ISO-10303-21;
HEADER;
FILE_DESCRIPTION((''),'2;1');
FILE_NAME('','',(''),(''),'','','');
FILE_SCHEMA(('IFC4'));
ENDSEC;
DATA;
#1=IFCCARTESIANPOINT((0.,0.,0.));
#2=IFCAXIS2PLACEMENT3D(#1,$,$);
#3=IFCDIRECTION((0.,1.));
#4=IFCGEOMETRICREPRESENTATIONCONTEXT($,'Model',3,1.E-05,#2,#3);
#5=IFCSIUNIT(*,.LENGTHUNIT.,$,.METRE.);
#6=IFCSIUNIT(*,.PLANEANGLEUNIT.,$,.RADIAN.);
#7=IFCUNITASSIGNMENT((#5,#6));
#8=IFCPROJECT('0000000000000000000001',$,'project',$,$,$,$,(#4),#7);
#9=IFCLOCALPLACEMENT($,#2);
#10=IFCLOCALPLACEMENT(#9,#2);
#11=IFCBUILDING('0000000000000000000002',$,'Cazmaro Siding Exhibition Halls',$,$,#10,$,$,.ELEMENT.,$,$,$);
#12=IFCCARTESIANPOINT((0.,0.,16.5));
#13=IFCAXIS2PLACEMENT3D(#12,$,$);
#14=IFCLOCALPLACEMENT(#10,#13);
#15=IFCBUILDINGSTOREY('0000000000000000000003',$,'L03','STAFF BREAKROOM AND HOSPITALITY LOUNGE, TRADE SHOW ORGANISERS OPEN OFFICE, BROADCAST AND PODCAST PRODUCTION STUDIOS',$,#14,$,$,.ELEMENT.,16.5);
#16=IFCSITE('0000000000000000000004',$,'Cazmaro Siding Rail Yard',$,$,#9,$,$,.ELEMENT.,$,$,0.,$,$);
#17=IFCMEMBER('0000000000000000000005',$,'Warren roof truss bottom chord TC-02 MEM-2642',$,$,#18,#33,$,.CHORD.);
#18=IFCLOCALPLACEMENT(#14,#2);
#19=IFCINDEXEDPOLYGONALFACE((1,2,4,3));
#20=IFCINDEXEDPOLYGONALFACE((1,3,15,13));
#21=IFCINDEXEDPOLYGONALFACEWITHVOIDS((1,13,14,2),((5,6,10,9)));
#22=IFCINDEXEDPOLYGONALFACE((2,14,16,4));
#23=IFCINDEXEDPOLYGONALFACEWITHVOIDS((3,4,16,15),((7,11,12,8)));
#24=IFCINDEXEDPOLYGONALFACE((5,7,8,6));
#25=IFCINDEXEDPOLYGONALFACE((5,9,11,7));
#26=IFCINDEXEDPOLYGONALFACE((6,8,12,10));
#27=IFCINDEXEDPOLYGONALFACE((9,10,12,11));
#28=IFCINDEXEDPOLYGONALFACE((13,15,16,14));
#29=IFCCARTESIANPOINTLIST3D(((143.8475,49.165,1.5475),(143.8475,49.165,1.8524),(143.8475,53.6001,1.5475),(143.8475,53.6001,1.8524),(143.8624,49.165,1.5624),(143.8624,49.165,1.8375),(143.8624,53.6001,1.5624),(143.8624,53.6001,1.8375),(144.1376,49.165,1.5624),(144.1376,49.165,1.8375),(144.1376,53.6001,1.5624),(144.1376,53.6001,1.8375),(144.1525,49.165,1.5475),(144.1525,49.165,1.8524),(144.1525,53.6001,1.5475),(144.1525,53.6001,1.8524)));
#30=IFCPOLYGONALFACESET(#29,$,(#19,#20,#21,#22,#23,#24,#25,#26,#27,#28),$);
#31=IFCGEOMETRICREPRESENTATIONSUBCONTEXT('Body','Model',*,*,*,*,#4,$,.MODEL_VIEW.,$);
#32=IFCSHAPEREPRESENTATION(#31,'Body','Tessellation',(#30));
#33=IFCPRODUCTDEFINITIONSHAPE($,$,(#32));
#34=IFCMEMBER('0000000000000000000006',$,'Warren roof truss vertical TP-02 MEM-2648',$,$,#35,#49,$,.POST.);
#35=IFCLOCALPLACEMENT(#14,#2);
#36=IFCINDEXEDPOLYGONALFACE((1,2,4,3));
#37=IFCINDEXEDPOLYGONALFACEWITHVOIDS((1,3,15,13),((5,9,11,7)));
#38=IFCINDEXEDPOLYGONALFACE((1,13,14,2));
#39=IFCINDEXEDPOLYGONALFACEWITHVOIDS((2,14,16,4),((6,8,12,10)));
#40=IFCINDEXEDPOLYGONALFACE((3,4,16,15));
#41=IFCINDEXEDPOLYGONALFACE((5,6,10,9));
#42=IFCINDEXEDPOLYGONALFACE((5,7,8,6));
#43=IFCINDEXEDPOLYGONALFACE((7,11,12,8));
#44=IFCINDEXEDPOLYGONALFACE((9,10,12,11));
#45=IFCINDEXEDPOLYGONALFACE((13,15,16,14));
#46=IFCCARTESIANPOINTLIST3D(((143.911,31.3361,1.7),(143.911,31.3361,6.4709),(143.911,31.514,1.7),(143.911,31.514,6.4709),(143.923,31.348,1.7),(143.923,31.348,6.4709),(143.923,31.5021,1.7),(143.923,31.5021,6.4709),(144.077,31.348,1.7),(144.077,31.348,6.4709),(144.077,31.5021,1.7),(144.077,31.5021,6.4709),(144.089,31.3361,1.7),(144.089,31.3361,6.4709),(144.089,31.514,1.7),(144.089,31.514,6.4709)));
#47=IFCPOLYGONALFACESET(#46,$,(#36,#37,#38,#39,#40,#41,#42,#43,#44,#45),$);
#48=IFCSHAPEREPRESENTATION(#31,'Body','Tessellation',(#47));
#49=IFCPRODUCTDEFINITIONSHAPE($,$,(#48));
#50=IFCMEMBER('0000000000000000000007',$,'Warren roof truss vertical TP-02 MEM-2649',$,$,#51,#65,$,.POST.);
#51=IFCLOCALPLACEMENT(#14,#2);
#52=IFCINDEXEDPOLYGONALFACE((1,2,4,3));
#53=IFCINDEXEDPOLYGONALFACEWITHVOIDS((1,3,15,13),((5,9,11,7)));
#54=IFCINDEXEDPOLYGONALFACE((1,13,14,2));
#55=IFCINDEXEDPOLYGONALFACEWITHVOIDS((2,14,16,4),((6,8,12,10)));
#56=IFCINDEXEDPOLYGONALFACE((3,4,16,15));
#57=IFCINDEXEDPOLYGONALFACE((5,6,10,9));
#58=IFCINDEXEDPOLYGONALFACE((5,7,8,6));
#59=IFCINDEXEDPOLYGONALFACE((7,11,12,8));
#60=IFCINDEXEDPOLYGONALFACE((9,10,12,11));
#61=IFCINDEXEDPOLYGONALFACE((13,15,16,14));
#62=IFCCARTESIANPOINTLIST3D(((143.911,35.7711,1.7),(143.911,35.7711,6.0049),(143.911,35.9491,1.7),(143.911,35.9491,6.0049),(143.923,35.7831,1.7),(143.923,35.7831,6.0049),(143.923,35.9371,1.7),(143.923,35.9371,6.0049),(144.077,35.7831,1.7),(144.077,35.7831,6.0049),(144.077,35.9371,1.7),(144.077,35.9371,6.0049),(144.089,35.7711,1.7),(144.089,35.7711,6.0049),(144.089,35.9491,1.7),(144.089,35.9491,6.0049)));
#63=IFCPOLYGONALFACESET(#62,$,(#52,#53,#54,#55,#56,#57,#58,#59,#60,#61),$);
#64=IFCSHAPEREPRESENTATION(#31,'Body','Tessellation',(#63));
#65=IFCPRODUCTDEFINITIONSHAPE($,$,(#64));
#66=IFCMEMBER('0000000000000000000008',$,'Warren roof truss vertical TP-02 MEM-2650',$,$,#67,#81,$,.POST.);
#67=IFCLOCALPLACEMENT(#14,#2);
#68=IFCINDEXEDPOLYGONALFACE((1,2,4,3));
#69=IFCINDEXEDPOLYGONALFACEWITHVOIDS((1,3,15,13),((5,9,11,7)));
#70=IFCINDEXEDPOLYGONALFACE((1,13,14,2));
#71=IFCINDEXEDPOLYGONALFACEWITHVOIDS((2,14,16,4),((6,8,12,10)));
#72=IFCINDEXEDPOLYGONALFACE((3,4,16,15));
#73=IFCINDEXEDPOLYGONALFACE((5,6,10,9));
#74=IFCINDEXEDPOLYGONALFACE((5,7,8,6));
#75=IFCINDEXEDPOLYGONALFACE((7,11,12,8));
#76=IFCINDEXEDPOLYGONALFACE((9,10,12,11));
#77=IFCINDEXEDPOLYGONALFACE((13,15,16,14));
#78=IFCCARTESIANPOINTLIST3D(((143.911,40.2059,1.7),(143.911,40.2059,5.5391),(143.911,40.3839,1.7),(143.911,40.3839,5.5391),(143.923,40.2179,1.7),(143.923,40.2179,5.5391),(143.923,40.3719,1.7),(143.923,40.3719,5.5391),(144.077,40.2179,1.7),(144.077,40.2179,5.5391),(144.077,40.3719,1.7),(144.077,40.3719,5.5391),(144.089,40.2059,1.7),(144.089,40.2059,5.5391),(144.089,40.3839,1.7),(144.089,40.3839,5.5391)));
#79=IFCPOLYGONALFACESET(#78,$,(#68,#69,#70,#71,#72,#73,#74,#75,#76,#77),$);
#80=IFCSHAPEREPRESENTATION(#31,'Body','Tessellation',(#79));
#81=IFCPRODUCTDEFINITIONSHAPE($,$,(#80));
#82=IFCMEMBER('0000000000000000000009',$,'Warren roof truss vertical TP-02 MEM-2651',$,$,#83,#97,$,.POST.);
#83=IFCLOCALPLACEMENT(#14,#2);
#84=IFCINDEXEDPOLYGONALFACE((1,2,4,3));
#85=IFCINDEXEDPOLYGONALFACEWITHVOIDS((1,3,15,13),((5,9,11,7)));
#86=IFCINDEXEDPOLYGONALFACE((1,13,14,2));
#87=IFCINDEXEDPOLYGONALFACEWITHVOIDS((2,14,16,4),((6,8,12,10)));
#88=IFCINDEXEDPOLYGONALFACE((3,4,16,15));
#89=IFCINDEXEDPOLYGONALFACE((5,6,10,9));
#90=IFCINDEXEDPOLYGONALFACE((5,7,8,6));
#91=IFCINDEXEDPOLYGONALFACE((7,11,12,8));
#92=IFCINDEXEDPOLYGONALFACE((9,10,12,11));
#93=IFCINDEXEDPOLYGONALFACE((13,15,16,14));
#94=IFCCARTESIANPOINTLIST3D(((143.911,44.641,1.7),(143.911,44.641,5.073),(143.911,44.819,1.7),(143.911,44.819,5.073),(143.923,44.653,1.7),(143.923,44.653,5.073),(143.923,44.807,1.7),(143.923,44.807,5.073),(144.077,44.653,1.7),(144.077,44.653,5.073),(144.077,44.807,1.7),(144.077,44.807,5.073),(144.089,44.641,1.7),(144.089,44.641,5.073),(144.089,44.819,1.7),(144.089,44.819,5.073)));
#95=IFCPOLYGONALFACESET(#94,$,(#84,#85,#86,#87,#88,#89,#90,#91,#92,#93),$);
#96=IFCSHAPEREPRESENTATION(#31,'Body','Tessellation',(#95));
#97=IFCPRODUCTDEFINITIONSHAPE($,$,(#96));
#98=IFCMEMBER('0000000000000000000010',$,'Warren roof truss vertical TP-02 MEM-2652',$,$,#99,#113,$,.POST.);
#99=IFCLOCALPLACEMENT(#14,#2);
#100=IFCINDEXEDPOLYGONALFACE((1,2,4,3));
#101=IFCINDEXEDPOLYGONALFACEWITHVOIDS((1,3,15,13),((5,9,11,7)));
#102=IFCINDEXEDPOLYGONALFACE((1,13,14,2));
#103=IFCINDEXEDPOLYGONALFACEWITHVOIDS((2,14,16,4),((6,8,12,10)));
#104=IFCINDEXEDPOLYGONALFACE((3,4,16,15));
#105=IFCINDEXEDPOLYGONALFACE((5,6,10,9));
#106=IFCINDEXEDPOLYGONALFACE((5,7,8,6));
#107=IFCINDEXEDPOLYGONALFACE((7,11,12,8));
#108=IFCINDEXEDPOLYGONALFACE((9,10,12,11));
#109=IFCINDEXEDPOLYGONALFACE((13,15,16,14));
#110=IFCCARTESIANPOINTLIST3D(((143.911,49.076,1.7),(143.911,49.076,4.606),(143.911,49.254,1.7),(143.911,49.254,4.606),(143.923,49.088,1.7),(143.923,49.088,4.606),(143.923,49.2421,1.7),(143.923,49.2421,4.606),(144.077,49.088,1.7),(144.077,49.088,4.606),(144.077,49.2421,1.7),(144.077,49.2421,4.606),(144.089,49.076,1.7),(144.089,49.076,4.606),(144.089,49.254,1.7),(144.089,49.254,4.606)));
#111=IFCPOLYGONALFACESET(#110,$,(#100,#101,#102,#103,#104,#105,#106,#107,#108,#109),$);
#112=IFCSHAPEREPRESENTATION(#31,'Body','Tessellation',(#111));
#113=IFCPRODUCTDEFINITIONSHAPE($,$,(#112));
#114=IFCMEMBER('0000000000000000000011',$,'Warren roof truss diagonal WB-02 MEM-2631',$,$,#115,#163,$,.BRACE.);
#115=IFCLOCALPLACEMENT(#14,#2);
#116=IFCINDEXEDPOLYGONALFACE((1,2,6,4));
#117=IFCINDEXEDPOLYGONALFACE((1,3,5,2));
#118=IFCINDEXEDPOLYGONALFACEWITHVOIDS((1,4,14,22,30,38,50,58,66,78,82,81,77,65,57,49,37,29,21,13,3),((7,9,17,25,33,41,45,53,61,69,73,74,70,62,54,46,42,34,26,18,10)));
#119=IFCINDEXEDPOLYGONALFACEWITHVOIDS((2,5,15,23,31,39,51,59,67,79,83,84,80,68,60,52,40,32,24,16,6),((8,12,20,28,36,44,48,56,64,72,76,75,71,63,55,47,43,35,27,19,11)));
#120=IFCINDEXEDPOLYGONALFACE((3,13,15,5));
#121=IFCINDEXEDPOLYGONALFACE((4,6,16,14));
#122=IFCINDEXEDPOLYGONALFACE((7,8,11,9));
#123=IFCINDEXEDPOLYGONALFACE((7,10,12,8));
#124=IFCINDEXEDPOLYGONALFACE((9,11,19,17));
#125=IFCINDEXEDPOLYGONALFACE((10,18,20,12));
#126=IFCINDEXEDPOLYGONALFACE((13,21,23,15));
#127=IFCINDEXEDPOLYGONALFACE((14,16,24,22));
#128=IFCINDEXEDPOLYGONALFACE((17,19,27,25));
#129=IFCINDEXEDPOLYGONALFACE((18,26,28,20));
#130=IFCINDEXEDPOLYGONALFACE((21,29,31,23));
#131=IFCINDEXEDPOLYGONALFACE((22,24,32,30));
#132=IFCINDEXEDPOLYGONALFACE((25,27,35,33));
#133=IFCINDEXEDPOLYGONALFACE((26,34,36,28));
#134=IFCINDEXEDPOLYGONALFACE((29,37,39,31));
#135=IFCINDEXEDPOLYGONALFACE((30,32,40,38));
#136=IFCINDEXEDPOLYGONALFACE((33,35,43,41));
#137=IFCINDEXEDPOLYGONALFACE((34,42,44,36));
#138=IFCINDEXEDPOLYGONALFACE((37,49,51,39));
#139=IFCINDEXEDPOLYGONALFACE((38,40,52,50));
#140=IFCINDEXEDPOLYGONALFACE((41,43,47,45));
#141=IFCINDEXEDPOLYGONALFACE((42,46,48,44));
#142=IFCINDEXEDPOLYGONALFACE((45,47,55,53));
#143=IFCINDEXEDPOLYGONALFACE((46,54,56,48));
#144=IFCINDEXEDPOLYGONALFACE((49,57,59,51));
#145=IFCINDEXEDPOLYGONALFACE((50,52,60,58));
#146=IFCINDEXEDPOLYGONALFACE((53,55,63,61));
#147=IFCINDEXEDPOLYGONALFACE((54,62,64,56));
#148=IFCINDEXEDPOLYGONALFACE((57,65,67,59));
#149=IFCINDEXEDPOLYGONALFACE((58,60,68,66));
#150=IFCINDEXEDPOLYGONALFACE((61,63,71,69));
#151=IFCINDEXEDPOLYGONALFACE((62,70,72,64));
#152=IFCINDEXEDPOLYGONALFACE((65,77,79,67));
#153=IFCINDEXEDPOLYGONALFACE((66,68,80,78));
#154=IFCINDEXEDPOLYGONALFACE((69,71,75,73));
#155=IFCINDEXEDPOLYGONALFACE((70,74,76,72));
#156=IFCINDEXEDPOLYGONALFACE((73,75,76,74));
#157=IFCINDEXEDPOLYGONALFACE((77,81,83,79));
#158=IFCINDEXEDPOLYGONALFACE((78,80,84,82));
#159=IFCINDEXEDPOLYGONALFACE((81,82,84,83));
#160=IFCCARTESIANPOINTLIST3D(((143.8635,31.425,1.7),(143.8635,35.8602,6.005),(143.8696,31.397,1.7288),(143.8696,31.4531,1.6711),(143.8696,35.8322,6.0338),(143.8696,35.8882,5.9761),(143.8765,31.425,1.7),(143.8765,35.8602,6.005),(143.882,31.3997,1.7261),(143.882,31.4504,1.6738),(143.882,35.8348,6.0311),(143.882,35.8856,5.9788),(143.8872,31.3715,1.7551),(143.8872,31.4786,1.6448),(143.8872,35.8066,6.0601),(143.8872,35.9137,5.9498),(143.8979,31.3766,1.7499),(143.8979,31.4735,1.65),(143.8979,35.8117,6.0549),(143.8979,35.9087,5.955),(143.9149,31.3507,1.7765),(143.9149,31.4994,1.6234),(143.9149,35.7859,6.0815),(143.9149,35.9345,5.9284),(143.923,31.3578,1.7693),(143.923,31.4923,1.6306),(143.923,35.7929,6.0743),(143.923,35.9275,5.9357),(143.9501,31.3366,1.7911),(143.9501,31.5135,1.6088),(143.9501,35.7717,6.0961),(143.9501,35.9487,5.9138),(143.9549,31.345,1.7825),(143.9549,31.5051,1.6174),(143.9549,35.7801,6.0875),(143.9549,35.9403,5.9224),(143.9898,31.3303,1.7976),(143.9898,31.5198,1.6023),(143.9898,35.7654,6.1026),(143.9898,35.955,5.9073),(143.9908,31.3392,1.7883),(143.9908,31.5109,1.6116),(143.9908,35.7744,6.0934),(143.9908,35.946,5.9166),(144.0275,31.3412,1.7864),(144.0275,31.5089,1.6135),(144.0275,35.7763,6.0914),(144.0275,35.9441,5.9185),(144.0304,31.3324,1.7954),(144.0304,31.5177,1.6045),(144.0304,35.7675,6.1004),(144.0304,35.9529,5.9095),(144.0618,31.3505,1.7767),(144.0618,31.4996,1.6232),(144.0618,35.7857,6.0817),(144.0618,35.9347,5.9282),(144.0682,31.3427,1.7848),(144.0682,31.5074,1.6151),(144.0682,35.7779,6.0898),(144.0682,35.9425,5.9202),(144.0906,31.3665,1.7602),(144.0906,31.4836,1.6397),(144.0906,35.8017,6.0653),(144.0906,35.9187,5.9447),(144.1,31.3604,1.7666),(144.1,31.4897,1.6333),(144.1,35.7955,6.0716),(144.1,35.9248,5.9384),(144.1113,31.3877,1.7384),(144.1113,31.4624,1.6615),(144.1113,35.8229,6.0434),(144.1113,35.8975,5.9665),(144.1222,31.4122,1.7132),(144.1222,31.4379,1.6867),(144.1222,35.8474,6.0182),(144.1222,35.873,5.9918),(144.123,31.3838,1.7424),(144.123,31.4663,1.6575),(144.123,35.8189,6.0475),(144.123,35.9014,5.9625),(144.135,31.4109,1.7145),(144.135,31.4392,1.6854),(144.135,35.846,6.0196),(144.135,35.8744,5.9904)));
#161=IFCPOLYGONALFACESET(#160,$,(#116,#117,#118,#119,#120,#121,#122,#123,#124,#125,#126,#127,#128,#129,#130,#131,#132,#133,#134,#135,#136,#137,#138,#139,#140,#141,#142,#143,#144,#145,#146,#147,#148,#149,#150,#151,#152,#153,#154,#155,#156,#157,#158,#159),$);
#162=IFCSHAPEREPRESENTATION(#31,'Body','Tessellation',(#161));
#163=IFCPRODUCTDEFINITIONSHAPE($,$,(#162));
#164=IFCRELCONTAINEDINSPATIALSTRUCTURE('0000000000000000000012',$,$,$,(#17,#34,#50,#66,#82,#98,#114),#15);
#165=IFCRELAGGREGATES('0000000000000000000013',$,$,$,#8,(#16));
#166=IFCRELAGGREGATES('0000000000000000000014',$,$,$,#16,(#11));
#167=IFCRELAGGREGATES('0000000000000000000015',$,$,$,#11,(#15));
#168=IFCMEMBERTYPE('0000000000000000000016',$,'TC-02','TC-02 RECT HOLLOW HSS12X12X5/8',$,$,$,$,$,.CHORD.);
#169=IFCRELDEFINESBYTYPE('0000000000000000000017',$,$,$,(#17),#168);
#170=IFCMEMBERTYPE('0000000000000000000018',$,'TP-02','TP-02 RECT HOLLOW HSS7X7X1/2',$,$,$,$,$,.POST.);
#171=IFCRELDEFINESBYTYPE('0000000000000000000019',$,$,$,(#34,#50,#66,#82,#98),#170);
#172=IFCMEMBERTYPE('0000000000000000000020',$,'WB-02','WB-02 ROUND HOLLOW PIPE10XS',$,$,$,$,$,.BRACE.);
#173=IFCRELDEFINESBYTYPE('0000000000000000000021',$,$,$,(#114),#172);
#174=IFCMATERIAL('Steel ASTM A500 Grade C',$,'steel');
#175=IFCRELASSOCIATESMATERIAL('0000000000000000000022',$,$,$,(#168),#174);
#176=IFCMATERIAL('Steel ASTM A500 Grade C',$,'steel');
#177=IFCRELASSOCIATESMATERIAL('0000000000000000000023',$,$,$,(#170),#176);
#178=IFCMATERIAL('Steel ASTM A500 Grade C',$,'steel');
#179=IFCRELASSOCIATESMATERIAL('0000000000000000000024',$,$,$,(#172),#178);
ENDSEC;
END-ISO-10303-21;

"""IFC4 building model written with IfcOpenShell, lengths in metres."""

from ifc_helpers import new_model, si_unit, direction, frame, origin, origin_2d, place, context, subcontext, project, spatial, hollow_rectangle, hollow_circle, extrude, material, material_profile, profile_set, type_object, element, save


model = new_model("IFC4")

# Units and contexts
model_context = context("Model", 3, precision=1e-05, world=origin(), true_north=direction((0.0, 1.0)))
body_context = subcontext(model_context, "Body", "Model", "MODEL_VIEW")
ifc_project = project(units=[si_unit("LENGTHUNIT", "METRE"), si_unit("PLANEANGLEUNIT", "RADIAN")], contexts=[model_context])

# Site, building, storey
site_placement = place(None, origin())
site = spatial("IfcSite", under=ifc_project, at=site_placement, Name="Cazmaro Siding Rail Yard", CompositionType="ELEMENT", RefElevation=0.0)
building_placement = place(site_placement, origin())
building = spatial("IfcBuilding", under=site, at=building_placement, Name="Cazmaro Siding Exhibition Halls", CompositionType="ELEMENT")
storey_placement = place(building_placement, frame((0.0, 0.0, 16.5)))
storey = spatial("IfcBuildingStorey", under=building, at=storey_placement, Name="L03", Description="STAFF BREAKROOM AND HOSPITALITY LOUNGE, TRADE SHOW ORGANISERS OPEN OFFICE, BROADCAST AND PODCAST PRODUCTION STUDIOS", CompositionType="ELEMENT", Elevation=16.5)

# Members
ifc_material_1 = material(Name="Steel ASTM A500 Grade C", Category="steel")
ifc_material_profile_1 = material_profile(ifc_material_1, hollow_rectangle(XDim=0.3049, YDim=0.3049, WallThickness=0.0149, at=origin_2d()), Name="HSS12X12X5/8")
ifc_profile_set_1 = profile_set([ifc_material_profile_1], Name="Steel ASTM A500 Grade C")
member_type_1 = type_object("IfcMemberType", Name="TC-02", Description="TC-02 RECT HOLLOW HSS12X12X5/8", PredefinedType="CHORD", material=ifc_profile_set_1)
for number, where, z_axis, x_axis, name in (
    (1, (144.0, 49.165, 1.7), (0.0, 1.0, 0.0), (-1.0, 0.0, 0.0), "Warren roof truss bottom chord TC-02 MEM-2642"),
):
    element("IfcMember", number, at=place(storey_placement, frame(where, z_axis=z_axis, x_axis=x_axis)), inside=storey, type_object=member_type_1, Name=name, PredefinedType="CHORD", context=body_context, shape_type="SweptSolid", body=[
        extrude(hollow_rectangle(XDim=0.3049, YDim=0.3049, WallThickness=0.0149, at=origin_2d()), origin(), (0.0, 0.0, 1.0), 4.4351),
    ])
ifc_material_2 = material(Name="Steel ASTM A500 Grade C", Category="steel")
ifc_material_profile_2 = material_profile(ifc_material_2, hollow_rectangle(XDim=0.178, YDim=0.178, WallThickness=0.012, at=origin_2d()), Name="HSS7X7X1/2")
ifc_profile_set_2 = profile_set([ifc_material_profile_2], Name="Steel ASTM A500 Grade C")
member_type_2 = type_object("IfcMemberType", Name="TP-02", Description="TP-02 RECT HOLLOW HSS7X7X1/2", PredefinedType="POST", material=ifc_profile_set_2)
member_1_placement = place(storey_placement, frame((144.0, 31.425, 1.7), z_axis=(0.0, 0.0, 1.0), x_axis=(1.0, 0.0, 0.0)))
element("IfcMember", 2, at=member_1_placement, inside=storey, type_object=member_type_2, Name="Warren roof truss vertical TP-02 MEM-2648", PredefinedType="POST", context=body_context, shape_type="SweptSolid", body=[
    extrude(hollow_rectangle(XDim=0.178, YDim=0.178, WallThickness=0.012, at=origin_2d()), origin(), (0.0, 0.0, 1.0), 4.771),
])
member_2_placement = place(storey_placement, frame((144.0, 35.8601, 1.7), z_axis=(0.0, 0.0, 1.0), x_axis=(1.0, 0.0, 0.0)))
element("IfcMember", 3, at=member_2_placement, inside=storey, type_object=member_type_2, Name="Warren roof truss vertical TP-02 MEM-2649", PredefinedType="POST", context=body_context, shape_type="SweptSolid", body=[
    extrude(hollow_rectangle(XDim=0.178, YDim=0.178, WallThickness=0.012, at=origin_2d()), origin(), (0.0, 0.0, 1.0), 4.3049),
])
member_3_placement = place(storey_placement, frame((144.0, 40.2949, 1.7), z_axis=(0.0, 0.0, 1.0), x_axis=(1.0, 0.0, 0.0)))
element("IfcMember", 4, at=member_3_placement, inside=storey, type_object=member_type_2, Name="Warren roof truss vertical TP-02 MEM-2650", PredefinedType="POST", context=body_context, shape_type="SweptSolid", body=[
    extrude(hollow_rectangle(XDim=0.178, YDim=0.178, WallThickness=0.012, at=origin_2d()), origin(), (0.0, 0.0, 1.0), 3.8391),
])
member_4_placement = place(storey_placement, frame((144.0, 44.73, 1.7), z_axis=(0.0, 0.0, 1.0), x_axis=(1.0, 0.0, 0.0)))
element("IfcMember", 5, at=member_4_placement, inside=storey, type_object=member_type_2, Name="Warren roof truss vertical TP-02 MEM-2651", PredefinedType="POST", context=body_context, shape_type="SweptSolid", body=[
    extrude(hollow_rectangle(XDim=0.178, YDim=0.178, WallThickness=0.012, at=origin_2d()), origin(), (0.0, 0.0, 1.0), 3.373),
])
member_5_placement = place(storey_placement, frame((144.0, 49.165, 1.7), z_axis=(0.0, 0.0, 1.0), x_axis=(1.0, 0.0, 0.0)))
element("IfcMember", 6, at=member_5_placement, inside=storey, type_object=member_type_2, Name="Warren roof truss vertical TP-02 MEM-2652", PredefinedType="POST", context=body_context, shape_type="SweptSolid", body=[
    extrude(hollow_rectangle(XDim=0.178, YDim=0.178, WallThickness=0.012, at=origin_2d()), origin(), (0.0, 0.0, 1.0), 2.906),
])
ifc_material_3 = material(Name="Steel ASTM A500 Grade C", Category="steel")
ifc_material_profile_3 = material_profile(ifc_material_3, hollow_circle(Radius=0.1365, WallThickness=0.0129, at=origin_2d()), Name="PIPE10XS")
ifc_profile_set_3 = profile_set([ifc_material_profile_3], Name="Steel ASTM A500 Grade C")
member_type_3 = type_object("IfcMemberType", Name="WB-02", Description="WB-02 ROUND HOLLOW PIPE10XS", PredefinedType="BRACE", material=ifc_profile_set_3)
member_6_placement = place(storey_placement, frame((144.0, 31.425, 1.7), z_axis=(0.0, 0.717555, 0.696502), x_axis=(-1.0, 0.0, 0.0)))
element("IfcMember", 7, at=member_6_placement, inside=storey, type_object=member_type_3, Name="Warren roof truss diagonal WB-02 MEM-2631", PredefinedType="BRACE", context=body_context, shape_type="SweptSolid", body=[
    extrude(hollow_circle(Radius=0.1365, WallThickness=0.0129, at=origin_2d()), origin(), (0.0, 0.0, 1.0), 6.1809),
])

save(model, "model.ifc")
